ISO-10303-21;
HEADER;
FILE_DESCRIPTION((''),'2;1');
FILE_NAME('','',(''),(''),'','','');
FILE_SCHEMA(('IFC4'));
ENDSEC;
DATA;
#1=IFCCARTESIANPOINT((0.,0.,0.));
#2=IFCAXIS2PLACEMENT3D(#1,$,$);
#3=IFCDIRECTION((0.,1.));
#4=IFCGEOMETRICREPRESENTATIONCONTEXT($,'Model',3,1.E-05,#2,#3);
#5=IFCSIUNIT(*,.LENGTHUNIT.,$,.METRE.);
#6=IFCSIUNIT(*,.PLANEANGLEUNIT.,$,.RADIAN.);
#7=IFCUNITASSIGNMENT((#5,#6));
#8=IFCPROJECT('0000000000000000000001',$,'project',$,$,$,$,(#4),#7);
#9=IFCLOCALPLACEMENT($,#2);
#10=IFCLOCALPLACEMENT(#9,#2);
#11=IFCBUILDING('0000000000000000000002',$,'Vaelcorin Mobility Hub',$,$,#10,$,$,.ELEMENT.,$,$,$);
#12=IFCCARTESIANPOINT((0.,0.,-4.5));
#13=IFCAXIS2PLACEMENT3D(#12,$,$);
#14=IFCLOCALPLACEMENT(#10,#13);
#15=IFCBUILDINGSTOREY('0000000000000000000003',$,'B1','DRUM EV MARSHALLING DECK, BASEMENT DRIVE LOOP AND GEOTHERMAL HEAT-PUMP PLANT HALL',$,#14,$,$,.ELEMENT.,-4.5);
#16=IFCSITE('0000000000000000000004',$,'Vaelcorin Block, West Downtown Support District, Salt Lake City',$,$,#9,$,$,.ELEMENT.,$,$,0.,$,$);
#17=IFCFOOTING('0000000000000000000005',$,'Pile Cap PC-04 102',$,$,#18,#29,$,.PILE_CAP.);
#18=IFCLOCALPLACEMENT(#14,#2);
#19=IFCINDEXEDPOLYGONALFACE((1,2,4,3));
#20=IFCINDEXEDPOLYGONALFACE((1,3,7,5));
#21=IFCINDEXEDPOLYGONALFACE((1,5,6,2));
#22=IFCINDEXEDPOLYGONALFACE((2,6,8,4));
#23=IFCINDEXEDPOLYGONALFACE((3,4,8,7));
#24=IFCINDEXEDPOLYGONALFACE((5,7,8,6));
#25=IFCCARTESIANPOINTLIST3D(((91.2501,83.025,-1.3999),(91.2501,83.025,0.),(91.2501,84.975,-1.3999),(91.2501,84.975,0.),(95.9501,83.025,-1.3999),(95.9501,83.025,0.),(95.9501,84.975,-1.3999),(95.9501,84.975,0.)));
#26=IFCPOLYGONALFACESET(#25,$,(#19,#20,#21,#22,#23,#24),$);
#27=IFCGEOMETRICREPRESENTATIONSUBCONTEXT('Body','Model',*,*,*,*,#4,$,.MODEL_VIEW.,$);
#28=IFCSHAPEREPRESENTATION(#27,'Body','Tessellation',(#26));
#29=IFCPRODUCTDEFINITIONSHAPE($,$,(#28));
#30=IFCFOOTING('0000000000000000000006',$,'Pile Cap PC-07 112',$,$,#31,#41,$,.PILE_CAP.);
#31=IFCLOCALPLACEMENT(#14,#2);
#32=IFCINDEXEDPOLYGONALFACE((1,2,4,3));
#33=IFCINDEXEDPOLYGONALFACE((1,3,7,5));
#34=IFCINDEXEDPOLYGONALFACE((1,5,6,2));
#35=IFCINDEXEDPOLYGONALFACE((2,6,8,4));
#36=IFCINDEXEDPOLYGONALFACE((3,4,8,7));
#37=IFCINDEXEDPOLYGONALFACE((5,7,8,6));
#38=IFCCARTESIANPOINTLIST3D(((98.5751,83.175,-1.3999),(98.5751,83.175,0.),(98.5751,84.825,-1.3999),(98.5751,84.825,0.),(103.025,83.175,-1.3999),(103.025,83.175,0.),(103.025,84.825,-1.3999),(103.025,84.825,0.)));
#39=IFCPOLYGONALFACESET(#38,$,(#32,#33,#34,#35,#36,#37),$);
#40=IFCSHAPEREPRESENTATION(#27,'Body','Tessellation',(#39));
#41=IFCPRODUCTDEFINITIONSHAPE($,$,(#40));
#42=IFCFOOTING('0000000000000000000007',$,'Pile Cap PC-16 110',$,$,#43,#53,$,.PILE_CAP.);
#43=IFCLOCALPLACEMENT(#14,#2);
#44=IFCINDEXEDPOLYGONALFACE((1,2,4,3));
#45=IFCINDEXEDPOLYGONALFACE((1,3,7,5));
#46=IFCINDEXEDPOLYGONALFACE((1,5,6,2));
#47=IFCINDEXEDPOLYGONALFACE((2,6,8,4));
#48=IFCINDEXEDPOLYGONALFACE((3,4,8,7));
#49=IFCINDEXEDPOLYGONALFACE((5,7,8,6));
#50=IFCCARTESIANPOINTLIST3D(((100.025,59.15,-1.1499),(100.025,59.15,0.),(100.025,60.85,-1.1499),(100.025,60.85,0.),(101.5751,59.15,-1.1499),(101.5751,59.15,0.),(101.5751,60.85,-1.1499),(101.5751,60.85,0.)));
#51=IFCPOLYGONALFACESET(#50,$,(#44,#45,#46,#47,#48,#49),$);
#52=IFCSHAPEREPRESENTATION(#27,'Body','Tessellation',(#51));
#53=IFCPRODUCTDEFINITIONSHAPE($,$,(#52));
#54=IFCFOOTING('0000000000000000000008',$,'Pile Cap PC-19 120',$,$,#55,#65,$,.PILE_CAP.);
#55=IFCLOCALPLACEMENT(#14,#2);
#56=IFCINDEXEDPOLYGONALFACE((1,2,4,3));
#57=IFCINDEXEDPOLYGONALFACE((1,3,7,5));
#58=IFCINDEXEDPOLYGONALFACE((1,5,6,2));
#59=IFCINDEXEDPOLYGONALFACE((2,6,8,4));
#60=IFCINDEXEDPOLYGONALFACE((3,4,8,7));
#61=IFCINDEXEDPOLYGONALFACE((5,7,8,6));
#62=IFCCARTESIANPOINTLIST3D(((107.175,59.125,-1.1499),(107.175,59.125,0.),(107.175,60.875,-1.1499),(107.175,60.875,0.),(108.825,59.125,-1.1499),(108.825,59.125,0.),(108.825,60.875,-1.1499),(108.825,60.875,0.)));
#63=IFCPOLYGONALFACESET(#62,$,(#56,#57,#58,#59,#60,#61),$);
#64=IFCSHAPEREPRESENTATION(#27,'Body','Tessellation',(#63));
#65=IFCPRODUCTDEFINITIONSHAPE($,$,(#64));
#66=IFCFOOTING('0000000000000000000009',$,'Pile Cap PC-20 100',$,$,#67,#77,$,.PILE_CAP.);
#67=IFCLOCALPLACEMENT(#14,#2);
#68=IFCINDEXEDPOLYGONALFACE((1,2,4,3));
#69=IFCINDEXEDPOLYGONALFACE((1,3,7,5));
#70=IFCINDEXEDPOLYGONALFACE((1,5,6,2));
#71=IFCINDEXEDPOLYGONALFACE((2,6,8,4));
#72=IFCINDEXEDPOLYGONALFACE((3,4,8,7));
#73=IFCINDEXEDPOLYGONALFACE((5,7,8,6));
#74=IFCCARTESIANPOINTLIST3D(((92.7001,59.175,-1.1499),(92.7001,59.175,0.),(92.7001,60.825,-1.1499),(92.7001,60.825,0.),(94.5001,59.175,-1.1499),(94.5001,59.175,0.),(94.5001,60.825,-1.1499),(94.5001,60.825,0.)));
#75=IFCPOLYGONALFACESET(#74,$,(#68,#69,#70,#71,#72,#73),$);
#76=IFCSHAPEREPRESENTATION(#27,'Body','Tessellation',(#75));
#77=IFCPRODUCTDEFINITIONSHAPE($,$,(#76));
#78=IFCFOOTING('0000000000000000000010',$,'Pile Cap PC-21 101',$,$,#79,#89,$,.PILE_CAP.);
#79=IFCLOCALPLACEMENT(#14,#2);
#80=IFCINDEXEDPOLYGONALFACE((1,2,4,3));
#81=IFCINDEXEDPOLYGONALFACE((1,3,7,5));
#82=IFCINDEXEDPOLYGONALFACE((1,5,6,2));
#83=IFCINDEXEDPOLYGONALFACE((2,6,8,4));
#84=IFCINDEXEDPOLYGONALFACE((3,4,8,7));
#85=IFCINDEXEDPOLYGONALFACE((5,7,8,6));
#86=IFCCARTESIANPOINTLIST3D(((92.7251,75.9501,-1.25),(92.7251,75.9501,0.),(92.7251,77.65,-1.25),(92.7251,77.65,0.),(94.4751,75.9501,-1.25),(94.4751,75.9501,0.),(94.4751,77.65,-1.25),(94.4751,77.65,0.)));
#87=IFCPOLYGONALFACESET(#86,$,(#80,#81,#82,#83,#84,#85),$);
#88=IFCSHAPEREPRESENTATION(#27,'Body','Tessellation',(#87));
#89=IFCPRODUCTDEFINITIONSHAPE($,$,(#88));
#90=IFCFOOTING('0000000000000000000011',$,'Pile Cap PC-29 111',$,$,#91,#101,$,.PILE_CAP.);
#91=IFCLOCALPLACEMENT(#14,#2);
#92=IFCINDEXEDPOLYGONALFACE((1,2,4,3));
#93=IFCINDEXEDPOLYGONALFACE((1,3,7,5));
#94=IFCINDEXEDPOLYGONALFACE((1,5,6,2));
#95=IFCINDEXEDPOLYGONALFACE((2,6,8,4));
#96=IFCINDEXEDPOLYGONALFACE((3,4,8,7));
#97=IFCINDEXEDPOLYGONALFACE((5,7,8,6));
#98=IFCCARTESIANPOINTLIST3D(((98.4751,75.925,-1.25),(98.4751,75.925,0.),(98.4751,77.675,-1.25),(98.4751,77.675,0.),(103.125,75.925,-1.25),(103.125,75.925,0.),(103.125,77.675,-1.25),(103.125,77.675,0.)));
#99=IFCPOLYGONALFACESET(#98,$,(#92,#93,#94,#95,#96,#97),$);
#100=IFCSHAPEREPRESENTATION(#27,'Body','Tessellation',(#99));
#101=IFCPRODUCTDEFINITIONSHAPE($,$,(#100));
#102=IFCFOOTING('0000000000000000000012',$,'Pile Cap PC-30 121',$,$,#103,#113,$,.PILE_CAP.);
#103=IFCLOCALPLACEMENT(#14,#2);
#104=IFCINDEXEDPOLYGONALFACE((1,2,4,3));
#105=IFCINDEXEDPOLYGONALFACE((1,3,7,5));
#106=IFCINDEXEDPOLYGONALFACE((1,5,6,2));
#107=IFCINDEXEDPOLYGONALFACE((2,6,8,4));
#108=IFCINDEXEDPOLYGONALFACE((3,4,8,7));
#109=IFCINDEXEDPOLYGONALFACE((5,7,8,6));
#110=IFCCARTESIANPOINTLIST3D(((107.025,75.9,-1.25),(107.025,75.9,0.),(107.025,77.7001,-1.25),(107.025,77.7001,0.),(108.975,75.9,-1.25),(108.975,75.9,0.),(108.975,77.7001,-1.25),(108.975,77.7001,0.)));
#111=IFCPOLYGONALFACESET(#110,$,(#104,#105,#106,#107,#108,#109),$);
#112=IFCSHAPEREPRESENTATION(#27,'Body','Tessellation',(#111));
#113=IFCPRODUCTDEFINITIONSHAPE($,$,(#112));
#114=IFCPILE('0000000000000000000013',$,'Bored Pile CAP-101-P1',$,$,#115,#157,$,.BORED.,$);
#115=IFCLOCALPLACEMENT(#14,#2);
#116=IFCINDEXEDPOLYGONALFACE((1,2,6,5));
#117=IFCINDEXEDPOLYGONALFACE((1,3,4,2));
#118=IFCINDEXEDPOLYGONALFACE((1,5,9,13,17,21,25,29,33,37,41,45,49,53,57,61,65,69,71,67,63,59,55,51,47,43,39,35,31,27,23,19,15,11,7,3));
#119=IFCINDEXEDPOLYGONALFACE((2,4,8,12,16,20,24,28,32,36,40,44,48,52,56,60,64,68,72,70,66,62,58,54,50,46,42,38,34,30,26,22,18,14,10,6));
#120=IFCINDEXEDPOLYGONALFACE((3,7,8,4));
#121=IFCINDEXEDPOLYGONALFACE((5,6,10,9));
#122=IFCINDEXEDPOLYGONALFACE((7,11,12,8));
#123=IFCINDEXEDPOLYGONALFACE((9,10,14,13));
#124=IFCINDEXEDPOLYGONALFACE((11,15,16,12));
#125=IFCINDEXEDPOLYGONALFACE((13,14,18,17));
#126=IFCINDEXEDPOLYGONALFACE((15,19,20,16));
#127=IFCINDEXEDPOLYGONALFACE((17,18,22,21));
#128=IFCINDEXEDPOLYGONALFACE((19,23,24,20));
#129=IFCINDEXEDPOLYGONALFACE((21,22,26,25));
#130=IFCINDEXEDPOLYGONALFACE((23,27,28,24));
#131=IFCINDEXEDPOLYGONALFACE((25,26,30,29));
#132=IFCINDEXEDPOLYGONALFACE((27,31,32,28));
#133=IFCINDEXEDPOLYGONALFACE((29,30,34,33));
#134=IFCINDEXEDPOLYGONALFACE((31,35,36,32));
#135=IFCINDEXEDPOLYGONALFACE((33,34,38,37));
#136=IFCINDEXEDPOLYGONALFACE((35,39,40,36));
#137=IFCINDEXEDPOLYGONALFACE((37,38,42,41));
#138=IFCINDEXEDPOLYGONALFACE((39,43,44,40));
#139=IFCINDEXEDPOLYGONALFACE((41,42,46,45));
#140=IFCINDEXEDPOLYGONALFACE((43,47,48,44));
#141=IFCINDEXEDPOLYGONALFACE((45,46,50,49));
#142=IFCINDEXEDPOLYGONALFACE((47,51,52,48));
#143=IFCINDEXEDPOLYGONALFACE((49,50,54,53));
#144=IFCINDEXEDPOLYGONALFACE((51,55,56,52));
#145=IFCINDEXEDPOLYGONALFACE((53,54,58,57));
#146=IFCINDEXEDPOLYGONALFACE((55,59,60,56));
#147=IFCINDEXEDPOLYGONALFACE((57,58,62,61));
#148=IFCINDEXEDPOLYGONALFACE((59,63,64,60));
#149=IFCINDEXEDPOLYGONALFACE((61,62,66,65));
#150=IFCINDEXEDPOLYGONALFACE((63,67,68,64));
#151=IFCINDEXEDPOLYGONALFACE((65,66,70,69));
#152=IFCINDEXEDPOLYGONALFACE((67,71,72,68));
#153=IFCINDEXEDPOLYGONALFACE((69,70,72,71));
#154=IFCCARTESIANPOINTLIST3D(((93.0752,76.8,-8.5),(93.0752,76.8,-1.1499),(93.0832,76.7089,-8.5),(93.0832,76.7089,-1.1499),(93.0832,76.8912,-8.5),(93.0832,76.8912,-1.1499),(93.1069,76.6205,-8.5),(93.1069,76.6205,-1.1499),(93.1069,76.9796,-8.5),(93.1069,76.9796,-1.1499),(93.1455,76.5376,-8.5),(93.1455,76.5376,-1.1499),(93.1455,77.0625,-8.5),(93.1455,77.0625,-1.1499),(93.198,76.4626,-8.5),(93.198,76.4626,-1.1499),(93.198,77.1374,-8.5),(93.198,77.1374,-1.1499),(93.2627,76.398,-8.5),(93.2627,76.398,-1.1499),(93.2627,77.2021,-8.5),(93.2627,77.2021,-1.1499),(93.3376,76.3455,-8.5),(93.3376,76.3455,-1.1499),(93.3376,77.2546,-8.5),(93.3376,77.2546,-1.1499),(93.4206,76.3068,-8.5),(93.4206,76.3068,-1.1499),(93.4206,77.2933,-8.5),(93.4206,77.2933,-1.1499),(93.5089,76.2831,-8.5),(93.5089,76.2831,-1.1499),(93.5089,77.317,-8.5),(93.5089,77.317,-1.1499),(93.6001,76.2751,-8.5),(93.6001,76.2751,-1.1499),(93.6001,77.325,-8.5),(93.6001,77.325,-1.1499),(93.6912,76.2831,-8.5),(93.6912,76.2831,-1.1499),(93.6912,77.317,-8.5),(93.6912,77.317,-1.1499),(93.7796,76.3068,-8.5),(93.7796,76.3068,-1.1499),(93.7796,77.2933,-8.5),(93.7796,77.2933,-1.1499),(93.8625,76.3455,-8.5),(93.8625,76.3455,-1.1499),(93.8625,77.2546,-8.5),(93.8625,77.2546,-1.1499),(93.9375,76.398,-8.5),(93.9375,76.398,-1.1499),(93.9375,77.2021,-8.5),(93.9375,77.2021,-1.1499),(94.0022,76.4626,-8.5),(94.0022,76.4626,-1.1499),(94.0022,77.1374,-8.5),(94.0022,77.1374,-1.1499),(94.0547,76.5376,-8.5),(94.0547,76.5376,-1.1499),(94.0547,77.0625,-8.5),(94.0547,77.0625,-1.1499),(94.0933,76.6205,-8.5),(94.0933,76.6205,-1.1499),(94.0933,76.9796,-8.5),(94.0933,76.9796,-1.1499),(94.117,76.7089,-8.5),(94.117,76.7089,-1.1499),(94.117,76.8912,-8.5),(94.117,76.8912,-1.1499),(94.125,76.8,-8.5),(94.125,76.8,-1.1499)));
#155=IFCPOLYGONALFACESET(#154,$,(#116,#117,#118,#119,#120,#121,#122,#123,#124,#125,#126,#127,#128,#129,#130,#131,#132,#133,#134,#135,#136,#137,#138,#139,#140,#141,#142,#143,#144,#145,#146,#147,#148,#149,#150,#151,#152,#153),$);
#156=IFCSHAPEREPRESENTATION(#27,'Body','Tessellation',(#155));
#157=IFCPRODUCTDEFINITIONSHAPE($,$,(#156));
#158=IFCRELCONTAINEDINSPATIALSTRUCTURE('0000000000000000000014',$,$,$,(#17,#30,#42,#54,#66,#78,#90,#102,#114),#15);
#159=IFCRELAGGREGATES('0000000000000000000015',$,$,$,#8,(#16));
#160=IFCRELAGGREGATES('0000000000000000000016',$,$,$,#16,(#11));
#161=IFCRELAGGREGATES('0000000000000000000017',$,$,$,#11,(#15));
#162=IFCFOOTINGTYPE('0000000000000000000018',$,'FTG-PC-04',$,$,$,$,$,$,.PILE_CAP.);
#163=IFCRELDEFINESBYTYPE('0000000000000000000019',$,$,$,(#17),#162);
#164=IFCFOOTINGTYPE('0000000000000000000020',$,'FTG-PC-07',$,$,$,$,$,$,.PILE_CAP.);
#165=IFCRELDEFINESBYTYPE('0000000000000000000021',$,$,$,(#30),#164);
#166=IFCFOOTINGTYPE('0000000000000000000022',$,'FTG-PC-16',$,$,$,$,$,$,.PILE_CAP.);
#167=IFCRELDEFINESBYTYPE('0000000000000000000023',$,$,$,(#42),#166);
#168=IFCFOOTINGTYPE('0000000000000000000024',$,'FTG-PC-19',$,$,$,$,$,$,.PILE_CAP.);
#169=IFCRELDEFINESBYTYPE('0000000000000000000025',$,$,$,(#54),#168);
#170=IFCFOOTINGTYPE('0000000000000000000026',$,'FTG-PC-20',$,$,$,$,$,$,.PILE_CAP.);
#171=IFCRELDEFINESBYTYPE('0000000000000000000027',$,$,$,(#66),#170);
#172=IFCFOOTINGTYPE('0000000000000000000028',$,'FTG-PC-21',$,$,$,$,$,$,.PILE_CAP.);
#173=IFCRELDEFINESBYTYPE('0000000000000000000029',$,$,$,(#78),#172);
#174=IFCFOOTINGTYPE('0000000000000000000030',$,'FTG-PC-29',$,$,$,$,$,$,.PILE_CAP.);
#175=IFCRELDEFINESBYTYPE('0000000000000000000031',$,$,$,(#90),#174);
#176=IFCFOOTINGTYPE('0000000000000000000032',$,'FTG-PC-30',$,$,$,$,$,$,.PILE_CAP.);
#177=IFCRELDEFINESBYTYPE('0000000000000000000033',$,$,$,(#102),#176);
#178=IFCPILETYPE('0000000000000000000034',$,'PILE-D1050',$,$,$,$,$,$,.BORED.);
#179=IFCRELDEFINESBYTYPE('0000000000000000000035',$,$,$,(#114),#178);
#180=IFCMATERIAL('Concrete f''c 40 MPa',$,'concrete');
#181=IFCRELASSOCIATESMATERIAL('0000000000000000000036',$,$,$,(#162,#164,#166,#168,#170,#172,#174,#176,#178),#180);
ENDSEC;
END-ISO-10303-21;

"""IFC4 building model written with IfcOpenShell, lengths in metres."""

from ifc_helpers import new_model, si_unit, direction, frame, origin, origin_2d, place, context, subcontext, project, spatial, rectangle, circle, extrude, material, material_profile, profile_set, type_object, element, save


model = new_model("IFC4")

# Units and contexts
model_context = context("Model", 3, precision=1e-05, world=origin(), true_north=direction((0.0, 1.0)))
body_context = subcontext(model_context, "Body", "Model", "MODEL_VIEW")
ifc_project = project(units=[si_unit("LENGTHUNIT", "METRE"), si_unit("PLANEANGLEUNIT", "RADIAN")], contexts=[model_context])

# Site, building, storey
site_placement = place(None, origin())
site = spatial("IfcSite", under=ifc_project, at=site_placement, Name="Vaelcorin Block, West Downtown Support District, Salt Lake City", CompositionType="ELEMENT", RefElevation=0.0)
building_placement = place(site_placement, origin())
building = spatial("IfcBuilding", under=site, at=building_placement, Name="Vaelcorin Mobility Hub", CompositionType="ELEMENT")
storey_placement = place(building_placement, frame((0.0, 0.0, -4.5)))
storey = spatial("IfcBuildingStorey", under=building, at=storey_placement, Name="B1", Description="DRUM EV MARSHALLING DECK, BASEMENT DRIVE LOOP AND GEOTHERMAL HEAT-PUMP PLANT HALL", CompositionType="ELEMENT", Elevation=-4.5)

# Footings
ifc_material_1 = material(Name="Concrete f'c 40 MPa", Category="concrete")
footing_type_1 = type_object("IfcFootingType", Name="FTG-PC-04", PredefinedType="PILE_CAP", material=ifc_material_1)
footing_1_placement = place(storey_placement, frame((93.6001, 84.0, -1.3999), z_axis=(0.0, 0.0, 1.0), x_axis=(1.0, 0.0, 0.0)))
element("IfcFooting", 1, at=footing_1_placement, inside=storey, type_object=footing_type_1, Name="Pile Cap PC-04 102", PredefinedType="PILE_CAP", context=body_context, shape_type="SweptSolid", body=[
    extrude(rectangle(XDim=4.7, YDim=1.95, at=origin_2d()), origin(), (0.0, 0.0, 1.0), 1.3999),
])
footing_type_2 = type_object("IfcFootingType", Name="FTG-PC-07", PredefinedType="PILE_CAP", material=ifc_material_1)
footing_2_placement = place(storey_placement, frame((100.8, 84.0, -1.3999), z_axis=(0.0, 0.0, 1.0), x_axis=(1.0, 0.0, 0.0)))
element("IfcFooting", 2, at=footing_2_placement, inside=storey, type_object=footing_type_2, Name="Pile Cap PC-07 112", PredefinedType="PILE_CAP", context=body_context, shape_type="SweptSolid", body=[
    extrude(rectangle(XDim=4.45, YDim=1.6499, at=origin_2d()), origin(), (0.0, 0.0, 1.0), 1.3999),
])
footing_type_3 = type_object("IfcFootingType", Name="FTG-PC-16", PredefinedType="PILE_CAP", material=ifc_material_1)
footing_3_placement = place(storey_placement, frame((100.8, 60.0, -1.1499), z_axis=(0.0, 0.0, 1.0), x_axis=(1.0, 0.0, 0.0)))
element("IfcFooting", 3, at=footing_3_placement, inside=storey, type_object=footing_type_3, Name="Pile Cap PC-16 110", PredefinedType="PILE_CAP", context=body_context, shape_type="SweptSolid", body=[
    extrude(rectangle(XDim=1.55, YDim=1.7, at=origin_2d()), origin(), (0.0, 0.0, 1.0), 1.1499),
])
footing_type_4 = type_object("IfcFootingType", Name="FTG-PC-19", PredefinedType="PILE_CAP", material=ifc_material_1)
footing_4_placement = place(storey_placement, frame((108.0, 60.0, -1.1499), z_axis=(0.0, 0.0, 1.0), x_axis=(1.0, 0.0, 0.0)))
element("IfcFooting", 4, at=footing_4_placement, inside=storey, type_object=footing_type_4, Name="Pile Cap PC-19 120", PredefinedType="PILE_CAP", context=body_context, shape_type="SweptSolid", body=[
    extrude(rectangle(XDim=1.6499, YDim=1.75, at=origin_2d()), origin(), (0.0, 0.0, 1.0), 1.1499),
])
footing_type_5 = type_object("IfcFootingType", Name="FTG-PC-20", PredefinedType="PILE_CAP", material=ifc_material_1)
footing_5_placement = place(storey_placement, frame((93.6001, 60.0, -1.1499), z_axis=(0.0, 0.0, 1.0), x_axis=(1.0, 0.0, 0.0)))
element("IfcFooting", 5, at=footing_5_placement, inside=storey, type_object=footing_type_5, Name="Pile Cap PC-20 100", PredefinedType="PILE_CAP", context=body_context, shape_type="SweptSolid", body=[
    extrude(rectangle(XDim=1.8, YDim=1.6499, at=origin_2d()), origin(), (0.0, 0.0, 1.0), 1.1499),
])
footing_type_6 = type_object("IfcFootingType", Name="FTG-PC-21", PredefinedType="PILE_CAP", material=ifc_material_1)
footing_6_placement = place(storey_placement, frame((93.6001, 76.8, -1.25), z_axis=(0.0, 0.0, 1.0), x_axis=(1.0, 0.0, 0.0)))
element("IfcFooting", 6, at=footing_6_placement, inside=storey, type_object=footing_type_6, Name="Pile Cap PC-21 101", PredefinedType="PILE_CAP", context=body_context, shape_type="SweptSolid", body=[
    extrude(rectangle(XDim=1.75, YDim=1.7, at=origin_2d()), origin(), (0.0, 0.0, 1.0), 1.25),
])
footing_type_7 = type_object("IfcFootingType", Name="FTG-PC-29", PredefinedType="PILE_CAP", material=ifc_material_1)
footing_7_placement = place(storey_placement, frame((100.8, 76.8, -1.25), z_axis=(0.0, 0.0, 1.0), x_axis=(1.0, 0.0, 0.0)))
element("IfcFooting", 7, at=footing_7_placement, inside=storey, type_object=footing_type_7, Name="Pile Cap PC-29 111", PredefinedType="PILE_CAP", context=body_context, shape_type="SweptSolid", body=[
    extrude(rectangle(XDim=4.6499, YDim=1.75, at=origin_2d()), origin(), (0.0, 0.0, 1.0), 1.25),
])
footing_type_8 = type_object("IfcFootingType", Name="FTG-PC-30", PredefinedType="PILE_CAP", material=ifc_material_1)
footing_8_placement = place(storey_placement, frame((108.0, 76.8, -1.25), z_axis=(0.0, 0.0, 1.0), x_axis=(1.0, 0.0, 0.0)))
element("IfcFooting", 8, at=footing_8_placement, inside=storey, type_object=footing_type_8, Name="Pile Cap PC-30 121", PredefinedType="PILE_CAP", context=body_context, shape_type="SweptSolid", body=[
    extrude(rectangle(XDim=1.95, YDim=1.8, at=origin_2d()), origin(), (0.0, 0.0, 1.0), 1.25),
])

# Pile
ifc_material_profile_1 = material_profile(ifc_material_1, circle(Radius=0.5249, at=origin_2d()), Name="BP-D1050")
ifc_profile_set_1 = profile_set([ifc_material_profile_1], Name="Concrete f'c 40 MPa")
pile_type_1 = type_object("IfcPileType", Name="PILE-D1050", PredefinedType="BORED", material=ifc_profile_set_1)
pile_1_placement = place(storey_placement, frame((93.6001, 76.8, -1.1499), z_axis=(0.0, 0.0, -1.0), x_axis=(1.0, 0.0, 0.0)))
element("IfcPile", 9, at=pile_1_placement, inside=storey, type_object=pile_type_1, Name="Bored Pile CAP-101-P1", PredefinedType="BORED", context=body_context, shape_type="SweptSolid", body=[
    extrude(circle(Radius=0.5249, at=origin_2d()), origin(), (0.0, 0.0, 1.0), 7.3501),
])

save(model, "model.ifc")
